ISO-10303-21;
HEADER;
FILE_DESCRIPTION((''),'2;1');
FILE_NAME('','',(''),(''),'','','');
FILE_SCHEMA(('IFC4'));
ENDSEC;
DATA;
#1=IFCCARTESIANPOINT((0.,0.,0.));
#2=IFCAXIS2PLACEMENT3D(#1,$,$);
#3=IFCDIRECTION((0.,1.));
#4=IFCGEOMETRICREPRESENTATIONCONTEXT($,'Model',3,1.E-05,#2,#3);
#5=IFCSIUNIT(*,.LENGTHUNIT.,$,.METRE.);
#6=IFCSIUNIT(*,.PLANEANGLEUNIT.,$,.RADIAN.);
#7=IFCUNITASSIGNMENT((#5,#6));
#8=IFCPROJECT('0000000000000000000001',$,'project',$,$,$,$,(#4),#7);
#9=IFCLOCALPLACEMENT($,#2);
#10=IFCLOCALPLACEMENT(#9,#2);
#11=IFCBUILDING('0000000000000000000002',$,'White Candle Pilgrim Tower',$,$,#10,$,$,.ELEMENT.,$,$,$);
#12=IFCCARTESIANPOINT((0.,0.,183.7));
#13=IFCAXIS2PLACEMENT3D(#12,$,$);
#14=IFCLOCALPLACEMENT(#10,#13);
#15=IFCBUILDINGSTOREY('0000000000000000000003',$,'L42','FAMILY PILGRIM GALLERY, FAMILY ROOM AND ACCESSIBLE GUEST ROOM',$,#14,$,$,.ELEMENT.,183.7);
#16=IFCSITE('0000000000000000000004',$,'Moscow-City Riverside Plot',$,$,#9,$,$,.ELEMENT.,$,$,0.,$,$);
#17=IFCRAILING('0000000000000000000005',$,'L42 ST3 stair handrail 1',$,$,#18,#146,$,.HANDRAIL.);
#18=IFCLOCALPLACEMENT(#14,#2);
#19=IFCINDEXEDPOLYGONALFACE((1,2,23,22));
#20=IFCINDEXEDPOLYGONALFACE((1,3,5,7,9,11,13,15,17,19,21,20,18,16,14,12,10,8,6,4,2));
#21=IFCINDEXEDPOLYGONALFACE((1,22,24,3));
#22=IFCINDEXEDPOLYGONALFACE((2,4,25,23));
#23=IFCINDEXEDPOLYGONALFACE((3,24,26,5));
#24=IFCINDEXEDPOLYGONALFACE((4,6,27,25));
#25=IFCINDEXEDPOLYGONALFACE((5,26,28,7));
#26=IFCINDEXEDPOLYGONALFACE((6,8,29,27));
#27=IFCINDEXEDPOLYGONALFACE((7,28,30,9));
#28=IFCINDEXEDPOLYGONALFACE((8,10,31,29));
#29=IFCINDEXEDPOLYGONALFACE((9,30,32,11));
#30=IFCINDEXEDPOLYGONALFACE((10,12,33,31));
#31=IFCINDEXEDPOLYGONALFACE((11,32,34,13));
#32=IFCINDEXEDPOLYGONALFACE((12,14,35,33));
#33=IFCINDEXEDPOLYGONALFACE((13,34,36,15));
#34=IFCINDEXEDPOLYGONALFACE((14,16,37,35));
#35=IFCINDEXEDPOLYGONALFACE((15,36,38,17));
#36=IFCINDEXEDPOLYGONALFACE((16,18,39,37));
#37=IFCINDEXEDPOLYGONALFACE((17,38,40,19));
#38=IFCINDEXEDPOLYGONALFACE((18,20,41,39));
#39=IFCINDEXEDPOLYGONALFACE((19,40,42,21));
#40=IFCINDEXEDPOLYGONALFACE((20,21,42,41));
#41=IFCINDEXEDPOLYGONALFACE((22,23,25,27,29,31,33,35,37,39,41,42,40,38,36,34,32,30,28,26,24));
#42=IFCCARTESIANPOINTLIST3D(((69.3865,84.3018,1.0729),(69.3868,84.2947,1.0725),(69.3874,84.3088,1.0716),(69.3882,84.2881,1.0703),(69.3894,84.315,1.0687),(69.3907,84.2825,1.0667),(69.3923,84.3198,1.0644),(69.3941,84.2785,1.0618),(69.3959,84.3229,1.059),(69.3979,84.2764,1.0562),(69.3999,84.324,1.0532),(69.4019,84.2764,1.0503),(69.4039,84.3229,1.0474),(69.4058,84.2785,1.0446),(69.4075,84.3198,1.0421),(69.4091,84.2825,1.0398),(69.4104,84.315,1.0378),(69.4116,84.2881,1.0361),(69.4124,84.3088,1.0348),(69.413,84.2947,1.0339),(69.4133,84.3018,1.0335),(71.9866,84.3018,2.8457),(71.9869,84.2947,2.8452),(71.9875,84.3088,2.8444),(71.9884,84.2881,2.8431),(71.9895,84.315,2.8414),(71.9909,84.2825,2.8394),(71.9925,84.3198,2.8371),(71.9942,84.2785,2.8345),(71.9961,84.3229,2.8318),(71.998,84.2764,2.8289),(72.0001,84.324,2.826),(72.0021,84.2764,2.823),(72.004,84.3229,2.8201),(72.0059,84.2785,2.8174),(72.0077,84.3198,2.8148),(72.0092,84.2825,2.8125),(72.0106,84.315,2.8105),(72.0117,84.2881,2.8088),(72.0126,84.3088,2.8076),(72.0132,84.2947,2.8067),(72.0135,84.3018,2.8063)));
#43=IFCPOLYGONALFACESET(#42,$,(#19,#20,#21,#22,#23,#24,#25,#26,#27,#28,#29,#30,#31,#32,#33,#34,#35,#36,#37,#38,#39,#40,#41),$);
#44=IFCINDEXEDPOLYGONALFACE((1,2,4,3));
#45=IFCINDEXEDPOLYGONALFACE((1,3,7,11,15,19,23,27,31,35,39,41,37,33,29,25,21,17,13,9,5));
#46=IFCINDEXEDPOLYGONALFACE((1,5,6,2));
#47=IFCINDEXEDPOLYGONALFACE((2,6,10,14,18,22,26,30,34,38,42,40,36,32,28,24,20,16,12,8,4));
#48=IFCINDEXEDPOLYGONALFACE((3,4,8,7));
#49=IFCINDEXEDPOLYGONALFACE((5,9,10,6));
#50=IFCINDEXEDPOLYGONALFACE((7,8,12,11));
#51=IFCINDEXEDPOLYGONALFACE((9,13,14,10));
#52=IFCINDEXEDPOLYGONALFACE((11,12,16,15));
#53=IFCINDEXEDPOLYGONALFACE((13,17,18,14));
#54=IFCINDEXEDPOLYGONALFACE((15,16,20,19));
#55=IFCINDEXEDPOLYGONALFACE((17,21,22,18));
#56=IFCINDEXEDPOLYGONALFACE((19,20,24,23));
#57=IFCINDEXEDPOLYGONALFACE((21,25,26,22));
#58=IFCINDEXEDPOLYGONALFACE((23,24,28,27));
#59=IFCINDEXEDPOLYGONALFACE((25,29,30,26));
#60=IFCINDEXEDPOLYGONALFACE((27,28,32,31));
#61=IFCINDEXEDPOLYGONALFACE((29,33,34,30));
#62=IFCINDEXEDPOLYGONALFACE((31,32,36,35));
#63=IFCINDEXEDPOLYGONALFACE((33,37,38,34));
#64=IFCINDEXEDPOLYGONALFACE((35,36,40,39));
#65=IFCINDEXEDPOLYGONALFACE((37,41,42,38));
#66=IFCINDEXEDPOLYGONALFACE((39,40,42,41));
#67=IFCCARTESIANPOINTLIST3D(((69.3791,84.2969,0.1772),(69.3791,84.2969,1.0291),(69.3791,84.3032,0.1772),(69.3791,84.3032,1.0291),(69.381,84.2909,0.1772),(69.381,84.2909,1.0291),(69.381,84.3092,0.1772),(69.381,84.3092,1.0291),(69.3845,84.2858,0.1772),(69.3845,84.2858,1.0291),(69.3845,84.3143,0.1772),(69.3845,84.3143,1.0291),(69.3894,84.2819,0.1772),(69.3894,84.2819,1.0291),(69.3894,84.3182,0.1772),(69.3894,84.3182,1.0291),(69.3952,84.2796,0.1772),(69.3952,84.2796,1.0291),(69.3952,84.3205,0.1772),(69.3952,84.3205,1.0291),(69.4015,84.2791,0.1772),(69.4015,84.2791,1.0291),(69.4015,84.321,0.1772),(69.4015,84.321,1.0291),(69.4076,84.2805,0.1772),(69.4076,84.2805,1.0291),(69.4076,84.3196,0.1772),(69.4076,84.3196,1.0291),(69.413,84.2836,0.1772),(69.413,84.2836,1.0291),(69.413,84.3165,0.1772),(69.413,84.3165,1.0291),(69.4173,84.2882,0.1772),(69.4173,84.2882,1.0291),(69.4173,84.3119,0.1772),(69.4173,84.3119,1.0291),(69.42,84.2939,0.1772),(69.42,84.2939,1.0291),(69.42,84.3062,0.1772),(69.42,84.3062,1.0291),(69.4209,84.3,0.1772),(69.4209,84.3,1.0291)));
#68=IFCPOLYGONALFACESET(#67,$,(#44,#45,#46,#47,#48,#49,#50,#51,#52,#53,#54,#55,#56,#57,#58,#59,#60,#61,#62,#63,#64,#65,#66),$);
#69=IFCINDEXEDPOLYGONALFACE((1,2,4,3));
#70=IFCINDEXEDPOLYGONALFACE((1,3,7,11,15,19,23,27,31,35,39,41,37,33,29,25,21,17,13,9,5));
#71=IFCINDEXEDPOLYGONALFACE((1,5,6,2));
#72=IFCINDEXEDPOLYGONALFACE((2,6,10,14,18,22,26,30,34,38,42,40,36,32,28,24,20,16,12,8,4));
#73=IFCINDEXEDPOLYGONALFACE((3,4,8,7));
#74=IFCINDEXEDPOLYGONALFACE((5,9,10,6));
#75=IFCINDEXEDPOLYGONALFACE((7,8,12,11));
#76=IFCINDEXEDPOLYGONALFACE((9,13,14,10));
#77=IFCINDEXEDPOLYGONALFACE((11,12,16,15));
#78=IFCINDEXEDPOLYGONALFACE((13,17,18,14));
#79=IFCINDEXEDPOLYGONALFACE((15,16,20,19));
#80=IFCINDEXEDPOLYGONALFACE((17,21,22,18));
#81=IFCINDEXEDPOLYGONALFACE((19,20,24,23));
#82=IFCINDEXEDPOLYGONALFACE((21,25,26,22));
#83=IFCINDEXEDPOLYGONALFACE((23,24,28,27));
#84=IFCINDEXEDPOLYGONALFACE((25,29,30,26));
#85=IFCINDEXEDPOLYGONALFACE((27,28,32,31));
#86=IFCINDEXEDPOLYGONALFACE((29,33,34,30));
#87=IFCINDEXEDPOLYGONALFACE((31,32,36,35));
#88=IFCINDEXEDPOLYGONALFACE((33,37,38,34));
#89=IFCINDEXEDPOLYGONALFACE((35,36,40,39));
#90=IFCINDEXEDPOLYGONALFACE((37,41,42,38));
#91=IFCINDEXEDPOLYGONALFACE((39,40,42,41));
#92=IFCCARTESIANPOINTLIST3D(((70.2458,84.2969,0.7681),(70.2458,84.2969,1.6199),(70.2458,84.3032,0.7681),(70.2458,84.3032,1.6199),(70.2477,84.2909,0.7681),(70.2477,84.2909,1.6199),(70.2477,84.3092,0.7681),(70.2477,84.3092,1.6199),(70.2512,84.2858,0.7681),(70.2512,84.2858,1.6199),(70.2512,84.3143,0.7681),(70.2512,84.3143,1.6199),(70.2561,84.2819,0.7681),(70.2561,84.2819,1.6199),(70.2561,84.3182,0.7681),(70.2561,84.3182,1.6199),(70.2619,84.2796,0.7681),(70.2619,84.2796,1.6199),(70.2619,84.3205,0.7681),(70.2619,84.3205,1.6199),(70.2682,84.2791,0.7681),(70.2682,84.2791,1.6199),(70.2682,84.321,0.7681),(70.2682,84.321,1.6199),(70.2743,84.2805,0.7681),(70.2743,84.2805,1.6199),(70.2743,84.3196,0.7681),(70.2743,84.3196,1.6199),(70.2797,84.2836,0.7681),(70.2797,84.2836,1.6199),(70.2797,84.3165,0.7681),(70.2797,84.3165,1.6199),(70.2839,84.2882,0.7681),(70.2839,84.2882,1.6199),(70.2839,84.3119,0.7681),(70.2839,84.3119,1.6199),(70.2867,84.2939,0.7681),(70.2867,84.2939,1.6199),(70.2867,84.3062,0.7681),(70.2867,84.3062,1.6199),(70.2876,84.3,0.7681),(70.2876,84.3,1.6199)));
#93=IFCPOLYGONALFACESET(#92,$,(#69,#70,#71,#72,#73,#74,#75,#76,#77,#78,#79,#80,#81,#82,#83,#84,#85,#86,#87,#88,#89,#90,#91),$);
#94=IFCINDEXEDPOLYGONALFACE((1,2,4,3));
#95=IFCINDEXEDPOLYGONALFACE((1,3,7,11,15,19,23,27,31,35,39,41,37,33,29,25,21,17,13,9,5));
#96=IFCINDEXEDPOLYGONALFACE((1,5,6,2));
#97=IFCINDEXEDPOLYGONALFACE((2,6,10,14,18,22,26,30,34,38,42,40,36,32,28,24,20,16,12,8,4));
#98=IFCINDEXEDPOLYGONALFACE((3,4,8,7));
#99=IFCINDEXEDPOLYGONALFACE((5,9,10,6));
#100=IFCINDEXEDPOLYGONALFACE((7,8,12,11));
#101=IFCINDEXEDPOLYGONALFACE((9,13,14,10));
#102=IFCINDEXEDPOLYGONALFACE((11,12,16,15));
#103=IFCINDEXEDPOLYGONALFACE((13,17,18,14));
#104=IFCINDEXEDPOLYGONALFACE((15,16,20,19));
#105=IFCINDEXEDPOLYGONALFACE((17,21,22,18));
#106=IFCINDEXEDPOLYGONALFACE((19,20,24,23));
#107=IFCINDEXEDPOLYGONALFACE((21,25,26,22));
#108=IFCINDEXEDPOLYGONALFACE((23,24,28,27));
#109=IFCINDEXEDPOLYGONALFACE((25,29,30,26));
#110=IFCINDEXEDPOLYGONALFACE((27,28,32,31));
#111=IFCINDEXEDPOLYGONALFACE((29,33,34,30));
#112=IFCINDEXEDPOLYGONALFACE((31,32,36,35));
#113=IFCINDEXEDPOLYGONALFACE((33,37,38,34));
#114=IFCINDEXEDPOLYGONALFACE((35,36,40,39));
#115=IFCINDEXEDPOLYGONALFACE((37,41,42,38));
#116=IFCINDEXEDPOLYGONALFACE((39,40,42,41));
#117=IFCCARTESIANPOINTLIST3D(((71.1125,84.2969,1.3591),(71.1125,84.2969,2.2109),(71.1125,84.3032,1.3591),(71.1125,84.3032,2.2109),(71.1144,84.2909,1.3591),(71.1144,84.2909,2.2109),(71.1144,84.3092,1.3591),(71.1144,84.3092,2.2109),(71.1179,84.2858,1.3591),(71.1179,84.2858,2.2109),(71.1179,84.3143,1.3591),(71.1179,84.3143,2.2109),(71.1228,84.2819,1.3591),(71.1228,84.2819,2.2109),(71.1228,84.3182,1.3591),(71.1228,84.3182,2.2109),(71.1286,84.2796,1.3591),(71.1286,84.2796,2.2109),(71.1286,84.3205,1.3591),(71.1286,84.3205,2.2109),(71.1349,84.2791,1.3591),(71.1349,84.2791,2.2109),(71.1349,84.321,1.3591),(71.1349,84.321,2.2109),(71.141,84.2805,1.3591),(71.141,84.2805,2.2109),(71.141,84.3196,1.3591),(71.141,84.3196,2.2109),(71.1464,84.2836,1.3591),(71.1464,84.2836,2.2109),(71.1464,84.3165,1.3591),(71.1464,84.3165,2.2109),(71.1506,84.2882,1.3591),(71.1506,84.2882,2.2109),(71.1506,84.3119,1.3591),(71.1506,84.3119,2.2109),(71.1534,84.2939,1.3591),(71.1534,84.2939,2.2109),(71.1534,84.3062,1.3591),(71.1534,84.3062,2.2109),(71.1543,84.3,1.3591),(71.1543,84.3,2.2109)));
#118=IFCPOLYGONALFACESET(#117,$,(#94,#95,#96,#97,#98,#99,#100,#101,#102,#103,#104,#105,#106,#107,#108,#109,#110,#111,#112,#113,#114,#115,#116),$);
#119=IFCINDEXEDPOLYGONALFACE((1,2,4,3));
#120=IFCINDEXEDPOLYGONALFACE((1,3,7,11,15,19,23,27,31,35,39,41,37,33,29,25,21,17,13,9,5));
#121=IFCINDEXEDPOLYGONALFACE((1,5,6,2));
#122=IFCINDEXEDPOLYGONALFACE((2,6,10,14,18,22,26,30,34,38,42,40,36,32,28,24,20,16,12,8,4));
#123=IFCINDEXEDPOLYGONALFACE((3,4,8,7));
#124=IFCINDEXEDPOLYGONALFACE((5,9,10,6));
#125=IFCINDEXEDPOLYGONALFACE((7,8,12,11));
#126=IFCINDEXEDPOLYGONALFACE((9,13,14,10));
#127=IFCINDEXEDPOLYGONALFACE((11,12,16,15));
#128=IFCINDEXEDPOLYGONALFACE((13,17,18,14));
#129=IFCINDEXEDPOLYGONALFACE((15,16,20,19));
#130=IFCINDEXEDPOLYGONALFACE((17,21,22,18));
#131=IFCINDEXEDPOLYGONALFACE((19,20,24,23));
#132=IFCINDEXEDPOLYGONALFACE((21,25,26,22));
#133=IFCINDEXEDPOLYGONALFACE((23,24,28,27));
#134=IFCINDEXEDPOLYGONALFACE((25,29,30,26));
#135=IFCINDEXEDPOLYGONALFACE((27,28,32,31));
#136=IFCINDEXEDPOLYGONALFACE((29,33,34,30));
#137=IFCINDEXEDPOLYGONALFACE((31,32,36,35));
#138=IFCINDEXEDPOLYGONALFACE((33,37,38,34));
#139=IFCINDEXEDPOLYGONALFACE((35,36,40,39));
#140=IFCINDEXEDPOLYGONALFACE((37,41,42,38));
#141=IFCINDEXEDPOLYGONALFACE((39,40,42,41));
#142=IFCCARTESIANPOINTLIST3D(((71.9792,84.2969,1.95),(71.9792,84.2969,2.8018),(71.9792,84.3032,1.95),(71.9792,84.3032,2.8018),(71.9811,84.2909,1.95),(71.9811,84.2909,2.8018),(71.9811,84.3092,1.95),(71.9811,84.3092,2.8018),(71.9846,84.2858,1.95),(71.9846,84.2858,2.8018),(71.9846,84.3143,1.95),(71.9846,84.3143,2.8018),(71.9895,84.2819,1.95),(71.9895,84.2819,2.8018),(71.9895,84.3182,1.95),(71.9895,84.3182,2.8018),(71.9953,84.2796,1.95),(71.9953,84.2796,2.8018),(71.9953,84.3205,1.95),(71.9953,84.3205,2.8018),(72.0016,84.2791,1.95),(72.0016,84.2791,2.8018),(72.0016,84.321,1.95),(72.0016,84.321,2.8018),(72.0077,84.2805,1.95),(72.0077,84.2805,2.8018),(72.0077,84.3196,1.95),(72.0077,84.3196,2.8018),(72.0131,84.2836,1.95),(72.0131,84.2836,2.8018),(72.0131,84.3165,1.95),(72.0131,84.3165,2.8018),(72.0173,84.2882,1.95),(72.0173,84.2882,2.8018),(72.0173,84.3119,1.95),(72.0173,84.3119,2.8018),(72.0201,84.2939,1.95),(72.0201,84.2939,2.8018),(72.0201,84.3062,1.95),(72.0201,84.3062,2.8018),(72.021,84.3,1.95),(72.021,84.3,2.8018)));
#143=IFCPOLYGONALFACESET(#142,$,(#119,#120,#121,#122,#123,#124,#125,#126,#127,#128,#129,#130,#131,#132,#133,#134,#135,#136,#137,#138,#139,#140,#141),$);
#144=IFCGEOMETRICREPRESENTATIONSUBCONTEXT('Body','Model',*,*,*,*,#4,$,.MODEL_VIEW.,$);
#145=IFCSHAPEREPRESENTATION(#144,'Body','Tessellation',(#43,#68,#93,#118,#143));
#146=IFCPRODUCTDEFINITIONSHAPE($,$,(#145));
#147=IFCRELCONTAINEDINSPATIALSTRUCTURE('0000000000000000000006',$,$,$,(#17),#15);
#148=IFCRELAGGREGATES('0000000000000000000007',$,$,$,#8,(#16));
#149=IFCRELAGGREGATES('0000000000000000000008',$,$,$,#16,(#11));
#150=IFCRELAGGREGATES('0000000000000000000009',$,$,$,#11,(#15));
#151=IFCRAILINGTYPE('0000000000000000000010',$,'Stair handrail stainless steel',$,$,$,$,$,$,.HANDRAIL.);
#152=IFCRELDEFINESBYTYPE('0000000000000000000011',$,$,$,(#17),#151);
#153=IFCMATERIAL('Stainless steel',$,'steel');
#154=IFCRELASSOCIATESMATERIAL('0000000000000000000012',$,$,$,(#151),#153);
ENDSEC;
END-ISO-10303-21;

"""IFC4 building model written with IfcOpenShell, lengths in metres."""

from ifc_helpers import new_model, si_unit, direction, frame, origin, origin_2d, place, context, subcontext, project, spatial, circle, extrude, material, type_object, element, save


model = new_model("IFC4")

# Units and contexts
model_context = context("Model", 3, precision=1e-05, world=origin(), true_north=direction((0.0, 1.0)))
body_context = subcontext(model_context, "Body", "Model", "MODEL_VIEW")
ifc_project = project(units=[si_unit("LENGTHUNIT", "METRE"), si_unit("PLANEANGLEUNIT", "RADIAN")], contexts=[model_context])

# Site, building, storey
site_placement = place(None, origin())
site = spatial("IfcSite", under=ifc_project, at=site_placement, Name="Moscow-City Riverside Plot", CompositionType="ELEMENT", RefElevation=0.0)
building_placement = place(site_placement, origin())
building = spatial("IfcBuilding", under=site, at=building_placement, Name="White Candle Pilgrim Tower", CompositionType="ELEMENT")
storey_placement = place(building_placement, frame((0.0, 0.0, 183.7)))
storey = spatial("IfcBuildingStorey", under=building, at=storey_placement, Name="L42", Description="FAMILY PILGRIM GALLERY, FAMILY ROOM AND ACCESSIBLE GUEST ROOM", CompositionType="ELEMENT", Elevation=183.7)

# Railing
ifc_material_1 = material(Name="Stainless steel", Category="steel")
railing_type_1 = type_object("IfcRailingType", Name="Stair handrail stainless steel", PredefinedType="HANDRAIL", material=ifc_material_1)
railing_1_placement = place(storey_placement, frame((69.3999, 84.3, 0.1772)))
element("IfcRailing", 1, at=railing_1_placement, inside=storey, type_object=railing_type_1, Name="L42 ST3 stair handrail 1", PredefinedType="HANDRAIL", context=body_context, shape_type="SweptSolid", body=[
    extrude(circle(Radius=0.0239, at=origin_2d()), frame((0.0, 0.0, 0.876), z_axis=(0.82624, 0.0, 0.563318), x_axis=(0.0, 1.0, 0.0)), (0.0, 0.0, 1.0), 3.147),
    extrude(circle(Radius=0.021, at=origin_2d()), origin(), (0.0, 0.0, 1.0), 0.8518),
    extrude(circle(Radius=0.021, at=origin_2d()), frame((0.8667, 0.0, 0.5908)), (0.0, 0.0, 1.0), 0.8518),
    extrude(circle(Radius=0.021, at=origin_2d()), frame((1.7334, 0.0, 1.1819)), (0.0, 0.0, 1.0), 0.8518),
    extrude(circle(Radius=0.021, at=origin_2d()), frame((2.6001, 0.0, 1.7727)), (0.0, 0.0, 1.0), 0.8518),
])

save(model, "model.ifc")
